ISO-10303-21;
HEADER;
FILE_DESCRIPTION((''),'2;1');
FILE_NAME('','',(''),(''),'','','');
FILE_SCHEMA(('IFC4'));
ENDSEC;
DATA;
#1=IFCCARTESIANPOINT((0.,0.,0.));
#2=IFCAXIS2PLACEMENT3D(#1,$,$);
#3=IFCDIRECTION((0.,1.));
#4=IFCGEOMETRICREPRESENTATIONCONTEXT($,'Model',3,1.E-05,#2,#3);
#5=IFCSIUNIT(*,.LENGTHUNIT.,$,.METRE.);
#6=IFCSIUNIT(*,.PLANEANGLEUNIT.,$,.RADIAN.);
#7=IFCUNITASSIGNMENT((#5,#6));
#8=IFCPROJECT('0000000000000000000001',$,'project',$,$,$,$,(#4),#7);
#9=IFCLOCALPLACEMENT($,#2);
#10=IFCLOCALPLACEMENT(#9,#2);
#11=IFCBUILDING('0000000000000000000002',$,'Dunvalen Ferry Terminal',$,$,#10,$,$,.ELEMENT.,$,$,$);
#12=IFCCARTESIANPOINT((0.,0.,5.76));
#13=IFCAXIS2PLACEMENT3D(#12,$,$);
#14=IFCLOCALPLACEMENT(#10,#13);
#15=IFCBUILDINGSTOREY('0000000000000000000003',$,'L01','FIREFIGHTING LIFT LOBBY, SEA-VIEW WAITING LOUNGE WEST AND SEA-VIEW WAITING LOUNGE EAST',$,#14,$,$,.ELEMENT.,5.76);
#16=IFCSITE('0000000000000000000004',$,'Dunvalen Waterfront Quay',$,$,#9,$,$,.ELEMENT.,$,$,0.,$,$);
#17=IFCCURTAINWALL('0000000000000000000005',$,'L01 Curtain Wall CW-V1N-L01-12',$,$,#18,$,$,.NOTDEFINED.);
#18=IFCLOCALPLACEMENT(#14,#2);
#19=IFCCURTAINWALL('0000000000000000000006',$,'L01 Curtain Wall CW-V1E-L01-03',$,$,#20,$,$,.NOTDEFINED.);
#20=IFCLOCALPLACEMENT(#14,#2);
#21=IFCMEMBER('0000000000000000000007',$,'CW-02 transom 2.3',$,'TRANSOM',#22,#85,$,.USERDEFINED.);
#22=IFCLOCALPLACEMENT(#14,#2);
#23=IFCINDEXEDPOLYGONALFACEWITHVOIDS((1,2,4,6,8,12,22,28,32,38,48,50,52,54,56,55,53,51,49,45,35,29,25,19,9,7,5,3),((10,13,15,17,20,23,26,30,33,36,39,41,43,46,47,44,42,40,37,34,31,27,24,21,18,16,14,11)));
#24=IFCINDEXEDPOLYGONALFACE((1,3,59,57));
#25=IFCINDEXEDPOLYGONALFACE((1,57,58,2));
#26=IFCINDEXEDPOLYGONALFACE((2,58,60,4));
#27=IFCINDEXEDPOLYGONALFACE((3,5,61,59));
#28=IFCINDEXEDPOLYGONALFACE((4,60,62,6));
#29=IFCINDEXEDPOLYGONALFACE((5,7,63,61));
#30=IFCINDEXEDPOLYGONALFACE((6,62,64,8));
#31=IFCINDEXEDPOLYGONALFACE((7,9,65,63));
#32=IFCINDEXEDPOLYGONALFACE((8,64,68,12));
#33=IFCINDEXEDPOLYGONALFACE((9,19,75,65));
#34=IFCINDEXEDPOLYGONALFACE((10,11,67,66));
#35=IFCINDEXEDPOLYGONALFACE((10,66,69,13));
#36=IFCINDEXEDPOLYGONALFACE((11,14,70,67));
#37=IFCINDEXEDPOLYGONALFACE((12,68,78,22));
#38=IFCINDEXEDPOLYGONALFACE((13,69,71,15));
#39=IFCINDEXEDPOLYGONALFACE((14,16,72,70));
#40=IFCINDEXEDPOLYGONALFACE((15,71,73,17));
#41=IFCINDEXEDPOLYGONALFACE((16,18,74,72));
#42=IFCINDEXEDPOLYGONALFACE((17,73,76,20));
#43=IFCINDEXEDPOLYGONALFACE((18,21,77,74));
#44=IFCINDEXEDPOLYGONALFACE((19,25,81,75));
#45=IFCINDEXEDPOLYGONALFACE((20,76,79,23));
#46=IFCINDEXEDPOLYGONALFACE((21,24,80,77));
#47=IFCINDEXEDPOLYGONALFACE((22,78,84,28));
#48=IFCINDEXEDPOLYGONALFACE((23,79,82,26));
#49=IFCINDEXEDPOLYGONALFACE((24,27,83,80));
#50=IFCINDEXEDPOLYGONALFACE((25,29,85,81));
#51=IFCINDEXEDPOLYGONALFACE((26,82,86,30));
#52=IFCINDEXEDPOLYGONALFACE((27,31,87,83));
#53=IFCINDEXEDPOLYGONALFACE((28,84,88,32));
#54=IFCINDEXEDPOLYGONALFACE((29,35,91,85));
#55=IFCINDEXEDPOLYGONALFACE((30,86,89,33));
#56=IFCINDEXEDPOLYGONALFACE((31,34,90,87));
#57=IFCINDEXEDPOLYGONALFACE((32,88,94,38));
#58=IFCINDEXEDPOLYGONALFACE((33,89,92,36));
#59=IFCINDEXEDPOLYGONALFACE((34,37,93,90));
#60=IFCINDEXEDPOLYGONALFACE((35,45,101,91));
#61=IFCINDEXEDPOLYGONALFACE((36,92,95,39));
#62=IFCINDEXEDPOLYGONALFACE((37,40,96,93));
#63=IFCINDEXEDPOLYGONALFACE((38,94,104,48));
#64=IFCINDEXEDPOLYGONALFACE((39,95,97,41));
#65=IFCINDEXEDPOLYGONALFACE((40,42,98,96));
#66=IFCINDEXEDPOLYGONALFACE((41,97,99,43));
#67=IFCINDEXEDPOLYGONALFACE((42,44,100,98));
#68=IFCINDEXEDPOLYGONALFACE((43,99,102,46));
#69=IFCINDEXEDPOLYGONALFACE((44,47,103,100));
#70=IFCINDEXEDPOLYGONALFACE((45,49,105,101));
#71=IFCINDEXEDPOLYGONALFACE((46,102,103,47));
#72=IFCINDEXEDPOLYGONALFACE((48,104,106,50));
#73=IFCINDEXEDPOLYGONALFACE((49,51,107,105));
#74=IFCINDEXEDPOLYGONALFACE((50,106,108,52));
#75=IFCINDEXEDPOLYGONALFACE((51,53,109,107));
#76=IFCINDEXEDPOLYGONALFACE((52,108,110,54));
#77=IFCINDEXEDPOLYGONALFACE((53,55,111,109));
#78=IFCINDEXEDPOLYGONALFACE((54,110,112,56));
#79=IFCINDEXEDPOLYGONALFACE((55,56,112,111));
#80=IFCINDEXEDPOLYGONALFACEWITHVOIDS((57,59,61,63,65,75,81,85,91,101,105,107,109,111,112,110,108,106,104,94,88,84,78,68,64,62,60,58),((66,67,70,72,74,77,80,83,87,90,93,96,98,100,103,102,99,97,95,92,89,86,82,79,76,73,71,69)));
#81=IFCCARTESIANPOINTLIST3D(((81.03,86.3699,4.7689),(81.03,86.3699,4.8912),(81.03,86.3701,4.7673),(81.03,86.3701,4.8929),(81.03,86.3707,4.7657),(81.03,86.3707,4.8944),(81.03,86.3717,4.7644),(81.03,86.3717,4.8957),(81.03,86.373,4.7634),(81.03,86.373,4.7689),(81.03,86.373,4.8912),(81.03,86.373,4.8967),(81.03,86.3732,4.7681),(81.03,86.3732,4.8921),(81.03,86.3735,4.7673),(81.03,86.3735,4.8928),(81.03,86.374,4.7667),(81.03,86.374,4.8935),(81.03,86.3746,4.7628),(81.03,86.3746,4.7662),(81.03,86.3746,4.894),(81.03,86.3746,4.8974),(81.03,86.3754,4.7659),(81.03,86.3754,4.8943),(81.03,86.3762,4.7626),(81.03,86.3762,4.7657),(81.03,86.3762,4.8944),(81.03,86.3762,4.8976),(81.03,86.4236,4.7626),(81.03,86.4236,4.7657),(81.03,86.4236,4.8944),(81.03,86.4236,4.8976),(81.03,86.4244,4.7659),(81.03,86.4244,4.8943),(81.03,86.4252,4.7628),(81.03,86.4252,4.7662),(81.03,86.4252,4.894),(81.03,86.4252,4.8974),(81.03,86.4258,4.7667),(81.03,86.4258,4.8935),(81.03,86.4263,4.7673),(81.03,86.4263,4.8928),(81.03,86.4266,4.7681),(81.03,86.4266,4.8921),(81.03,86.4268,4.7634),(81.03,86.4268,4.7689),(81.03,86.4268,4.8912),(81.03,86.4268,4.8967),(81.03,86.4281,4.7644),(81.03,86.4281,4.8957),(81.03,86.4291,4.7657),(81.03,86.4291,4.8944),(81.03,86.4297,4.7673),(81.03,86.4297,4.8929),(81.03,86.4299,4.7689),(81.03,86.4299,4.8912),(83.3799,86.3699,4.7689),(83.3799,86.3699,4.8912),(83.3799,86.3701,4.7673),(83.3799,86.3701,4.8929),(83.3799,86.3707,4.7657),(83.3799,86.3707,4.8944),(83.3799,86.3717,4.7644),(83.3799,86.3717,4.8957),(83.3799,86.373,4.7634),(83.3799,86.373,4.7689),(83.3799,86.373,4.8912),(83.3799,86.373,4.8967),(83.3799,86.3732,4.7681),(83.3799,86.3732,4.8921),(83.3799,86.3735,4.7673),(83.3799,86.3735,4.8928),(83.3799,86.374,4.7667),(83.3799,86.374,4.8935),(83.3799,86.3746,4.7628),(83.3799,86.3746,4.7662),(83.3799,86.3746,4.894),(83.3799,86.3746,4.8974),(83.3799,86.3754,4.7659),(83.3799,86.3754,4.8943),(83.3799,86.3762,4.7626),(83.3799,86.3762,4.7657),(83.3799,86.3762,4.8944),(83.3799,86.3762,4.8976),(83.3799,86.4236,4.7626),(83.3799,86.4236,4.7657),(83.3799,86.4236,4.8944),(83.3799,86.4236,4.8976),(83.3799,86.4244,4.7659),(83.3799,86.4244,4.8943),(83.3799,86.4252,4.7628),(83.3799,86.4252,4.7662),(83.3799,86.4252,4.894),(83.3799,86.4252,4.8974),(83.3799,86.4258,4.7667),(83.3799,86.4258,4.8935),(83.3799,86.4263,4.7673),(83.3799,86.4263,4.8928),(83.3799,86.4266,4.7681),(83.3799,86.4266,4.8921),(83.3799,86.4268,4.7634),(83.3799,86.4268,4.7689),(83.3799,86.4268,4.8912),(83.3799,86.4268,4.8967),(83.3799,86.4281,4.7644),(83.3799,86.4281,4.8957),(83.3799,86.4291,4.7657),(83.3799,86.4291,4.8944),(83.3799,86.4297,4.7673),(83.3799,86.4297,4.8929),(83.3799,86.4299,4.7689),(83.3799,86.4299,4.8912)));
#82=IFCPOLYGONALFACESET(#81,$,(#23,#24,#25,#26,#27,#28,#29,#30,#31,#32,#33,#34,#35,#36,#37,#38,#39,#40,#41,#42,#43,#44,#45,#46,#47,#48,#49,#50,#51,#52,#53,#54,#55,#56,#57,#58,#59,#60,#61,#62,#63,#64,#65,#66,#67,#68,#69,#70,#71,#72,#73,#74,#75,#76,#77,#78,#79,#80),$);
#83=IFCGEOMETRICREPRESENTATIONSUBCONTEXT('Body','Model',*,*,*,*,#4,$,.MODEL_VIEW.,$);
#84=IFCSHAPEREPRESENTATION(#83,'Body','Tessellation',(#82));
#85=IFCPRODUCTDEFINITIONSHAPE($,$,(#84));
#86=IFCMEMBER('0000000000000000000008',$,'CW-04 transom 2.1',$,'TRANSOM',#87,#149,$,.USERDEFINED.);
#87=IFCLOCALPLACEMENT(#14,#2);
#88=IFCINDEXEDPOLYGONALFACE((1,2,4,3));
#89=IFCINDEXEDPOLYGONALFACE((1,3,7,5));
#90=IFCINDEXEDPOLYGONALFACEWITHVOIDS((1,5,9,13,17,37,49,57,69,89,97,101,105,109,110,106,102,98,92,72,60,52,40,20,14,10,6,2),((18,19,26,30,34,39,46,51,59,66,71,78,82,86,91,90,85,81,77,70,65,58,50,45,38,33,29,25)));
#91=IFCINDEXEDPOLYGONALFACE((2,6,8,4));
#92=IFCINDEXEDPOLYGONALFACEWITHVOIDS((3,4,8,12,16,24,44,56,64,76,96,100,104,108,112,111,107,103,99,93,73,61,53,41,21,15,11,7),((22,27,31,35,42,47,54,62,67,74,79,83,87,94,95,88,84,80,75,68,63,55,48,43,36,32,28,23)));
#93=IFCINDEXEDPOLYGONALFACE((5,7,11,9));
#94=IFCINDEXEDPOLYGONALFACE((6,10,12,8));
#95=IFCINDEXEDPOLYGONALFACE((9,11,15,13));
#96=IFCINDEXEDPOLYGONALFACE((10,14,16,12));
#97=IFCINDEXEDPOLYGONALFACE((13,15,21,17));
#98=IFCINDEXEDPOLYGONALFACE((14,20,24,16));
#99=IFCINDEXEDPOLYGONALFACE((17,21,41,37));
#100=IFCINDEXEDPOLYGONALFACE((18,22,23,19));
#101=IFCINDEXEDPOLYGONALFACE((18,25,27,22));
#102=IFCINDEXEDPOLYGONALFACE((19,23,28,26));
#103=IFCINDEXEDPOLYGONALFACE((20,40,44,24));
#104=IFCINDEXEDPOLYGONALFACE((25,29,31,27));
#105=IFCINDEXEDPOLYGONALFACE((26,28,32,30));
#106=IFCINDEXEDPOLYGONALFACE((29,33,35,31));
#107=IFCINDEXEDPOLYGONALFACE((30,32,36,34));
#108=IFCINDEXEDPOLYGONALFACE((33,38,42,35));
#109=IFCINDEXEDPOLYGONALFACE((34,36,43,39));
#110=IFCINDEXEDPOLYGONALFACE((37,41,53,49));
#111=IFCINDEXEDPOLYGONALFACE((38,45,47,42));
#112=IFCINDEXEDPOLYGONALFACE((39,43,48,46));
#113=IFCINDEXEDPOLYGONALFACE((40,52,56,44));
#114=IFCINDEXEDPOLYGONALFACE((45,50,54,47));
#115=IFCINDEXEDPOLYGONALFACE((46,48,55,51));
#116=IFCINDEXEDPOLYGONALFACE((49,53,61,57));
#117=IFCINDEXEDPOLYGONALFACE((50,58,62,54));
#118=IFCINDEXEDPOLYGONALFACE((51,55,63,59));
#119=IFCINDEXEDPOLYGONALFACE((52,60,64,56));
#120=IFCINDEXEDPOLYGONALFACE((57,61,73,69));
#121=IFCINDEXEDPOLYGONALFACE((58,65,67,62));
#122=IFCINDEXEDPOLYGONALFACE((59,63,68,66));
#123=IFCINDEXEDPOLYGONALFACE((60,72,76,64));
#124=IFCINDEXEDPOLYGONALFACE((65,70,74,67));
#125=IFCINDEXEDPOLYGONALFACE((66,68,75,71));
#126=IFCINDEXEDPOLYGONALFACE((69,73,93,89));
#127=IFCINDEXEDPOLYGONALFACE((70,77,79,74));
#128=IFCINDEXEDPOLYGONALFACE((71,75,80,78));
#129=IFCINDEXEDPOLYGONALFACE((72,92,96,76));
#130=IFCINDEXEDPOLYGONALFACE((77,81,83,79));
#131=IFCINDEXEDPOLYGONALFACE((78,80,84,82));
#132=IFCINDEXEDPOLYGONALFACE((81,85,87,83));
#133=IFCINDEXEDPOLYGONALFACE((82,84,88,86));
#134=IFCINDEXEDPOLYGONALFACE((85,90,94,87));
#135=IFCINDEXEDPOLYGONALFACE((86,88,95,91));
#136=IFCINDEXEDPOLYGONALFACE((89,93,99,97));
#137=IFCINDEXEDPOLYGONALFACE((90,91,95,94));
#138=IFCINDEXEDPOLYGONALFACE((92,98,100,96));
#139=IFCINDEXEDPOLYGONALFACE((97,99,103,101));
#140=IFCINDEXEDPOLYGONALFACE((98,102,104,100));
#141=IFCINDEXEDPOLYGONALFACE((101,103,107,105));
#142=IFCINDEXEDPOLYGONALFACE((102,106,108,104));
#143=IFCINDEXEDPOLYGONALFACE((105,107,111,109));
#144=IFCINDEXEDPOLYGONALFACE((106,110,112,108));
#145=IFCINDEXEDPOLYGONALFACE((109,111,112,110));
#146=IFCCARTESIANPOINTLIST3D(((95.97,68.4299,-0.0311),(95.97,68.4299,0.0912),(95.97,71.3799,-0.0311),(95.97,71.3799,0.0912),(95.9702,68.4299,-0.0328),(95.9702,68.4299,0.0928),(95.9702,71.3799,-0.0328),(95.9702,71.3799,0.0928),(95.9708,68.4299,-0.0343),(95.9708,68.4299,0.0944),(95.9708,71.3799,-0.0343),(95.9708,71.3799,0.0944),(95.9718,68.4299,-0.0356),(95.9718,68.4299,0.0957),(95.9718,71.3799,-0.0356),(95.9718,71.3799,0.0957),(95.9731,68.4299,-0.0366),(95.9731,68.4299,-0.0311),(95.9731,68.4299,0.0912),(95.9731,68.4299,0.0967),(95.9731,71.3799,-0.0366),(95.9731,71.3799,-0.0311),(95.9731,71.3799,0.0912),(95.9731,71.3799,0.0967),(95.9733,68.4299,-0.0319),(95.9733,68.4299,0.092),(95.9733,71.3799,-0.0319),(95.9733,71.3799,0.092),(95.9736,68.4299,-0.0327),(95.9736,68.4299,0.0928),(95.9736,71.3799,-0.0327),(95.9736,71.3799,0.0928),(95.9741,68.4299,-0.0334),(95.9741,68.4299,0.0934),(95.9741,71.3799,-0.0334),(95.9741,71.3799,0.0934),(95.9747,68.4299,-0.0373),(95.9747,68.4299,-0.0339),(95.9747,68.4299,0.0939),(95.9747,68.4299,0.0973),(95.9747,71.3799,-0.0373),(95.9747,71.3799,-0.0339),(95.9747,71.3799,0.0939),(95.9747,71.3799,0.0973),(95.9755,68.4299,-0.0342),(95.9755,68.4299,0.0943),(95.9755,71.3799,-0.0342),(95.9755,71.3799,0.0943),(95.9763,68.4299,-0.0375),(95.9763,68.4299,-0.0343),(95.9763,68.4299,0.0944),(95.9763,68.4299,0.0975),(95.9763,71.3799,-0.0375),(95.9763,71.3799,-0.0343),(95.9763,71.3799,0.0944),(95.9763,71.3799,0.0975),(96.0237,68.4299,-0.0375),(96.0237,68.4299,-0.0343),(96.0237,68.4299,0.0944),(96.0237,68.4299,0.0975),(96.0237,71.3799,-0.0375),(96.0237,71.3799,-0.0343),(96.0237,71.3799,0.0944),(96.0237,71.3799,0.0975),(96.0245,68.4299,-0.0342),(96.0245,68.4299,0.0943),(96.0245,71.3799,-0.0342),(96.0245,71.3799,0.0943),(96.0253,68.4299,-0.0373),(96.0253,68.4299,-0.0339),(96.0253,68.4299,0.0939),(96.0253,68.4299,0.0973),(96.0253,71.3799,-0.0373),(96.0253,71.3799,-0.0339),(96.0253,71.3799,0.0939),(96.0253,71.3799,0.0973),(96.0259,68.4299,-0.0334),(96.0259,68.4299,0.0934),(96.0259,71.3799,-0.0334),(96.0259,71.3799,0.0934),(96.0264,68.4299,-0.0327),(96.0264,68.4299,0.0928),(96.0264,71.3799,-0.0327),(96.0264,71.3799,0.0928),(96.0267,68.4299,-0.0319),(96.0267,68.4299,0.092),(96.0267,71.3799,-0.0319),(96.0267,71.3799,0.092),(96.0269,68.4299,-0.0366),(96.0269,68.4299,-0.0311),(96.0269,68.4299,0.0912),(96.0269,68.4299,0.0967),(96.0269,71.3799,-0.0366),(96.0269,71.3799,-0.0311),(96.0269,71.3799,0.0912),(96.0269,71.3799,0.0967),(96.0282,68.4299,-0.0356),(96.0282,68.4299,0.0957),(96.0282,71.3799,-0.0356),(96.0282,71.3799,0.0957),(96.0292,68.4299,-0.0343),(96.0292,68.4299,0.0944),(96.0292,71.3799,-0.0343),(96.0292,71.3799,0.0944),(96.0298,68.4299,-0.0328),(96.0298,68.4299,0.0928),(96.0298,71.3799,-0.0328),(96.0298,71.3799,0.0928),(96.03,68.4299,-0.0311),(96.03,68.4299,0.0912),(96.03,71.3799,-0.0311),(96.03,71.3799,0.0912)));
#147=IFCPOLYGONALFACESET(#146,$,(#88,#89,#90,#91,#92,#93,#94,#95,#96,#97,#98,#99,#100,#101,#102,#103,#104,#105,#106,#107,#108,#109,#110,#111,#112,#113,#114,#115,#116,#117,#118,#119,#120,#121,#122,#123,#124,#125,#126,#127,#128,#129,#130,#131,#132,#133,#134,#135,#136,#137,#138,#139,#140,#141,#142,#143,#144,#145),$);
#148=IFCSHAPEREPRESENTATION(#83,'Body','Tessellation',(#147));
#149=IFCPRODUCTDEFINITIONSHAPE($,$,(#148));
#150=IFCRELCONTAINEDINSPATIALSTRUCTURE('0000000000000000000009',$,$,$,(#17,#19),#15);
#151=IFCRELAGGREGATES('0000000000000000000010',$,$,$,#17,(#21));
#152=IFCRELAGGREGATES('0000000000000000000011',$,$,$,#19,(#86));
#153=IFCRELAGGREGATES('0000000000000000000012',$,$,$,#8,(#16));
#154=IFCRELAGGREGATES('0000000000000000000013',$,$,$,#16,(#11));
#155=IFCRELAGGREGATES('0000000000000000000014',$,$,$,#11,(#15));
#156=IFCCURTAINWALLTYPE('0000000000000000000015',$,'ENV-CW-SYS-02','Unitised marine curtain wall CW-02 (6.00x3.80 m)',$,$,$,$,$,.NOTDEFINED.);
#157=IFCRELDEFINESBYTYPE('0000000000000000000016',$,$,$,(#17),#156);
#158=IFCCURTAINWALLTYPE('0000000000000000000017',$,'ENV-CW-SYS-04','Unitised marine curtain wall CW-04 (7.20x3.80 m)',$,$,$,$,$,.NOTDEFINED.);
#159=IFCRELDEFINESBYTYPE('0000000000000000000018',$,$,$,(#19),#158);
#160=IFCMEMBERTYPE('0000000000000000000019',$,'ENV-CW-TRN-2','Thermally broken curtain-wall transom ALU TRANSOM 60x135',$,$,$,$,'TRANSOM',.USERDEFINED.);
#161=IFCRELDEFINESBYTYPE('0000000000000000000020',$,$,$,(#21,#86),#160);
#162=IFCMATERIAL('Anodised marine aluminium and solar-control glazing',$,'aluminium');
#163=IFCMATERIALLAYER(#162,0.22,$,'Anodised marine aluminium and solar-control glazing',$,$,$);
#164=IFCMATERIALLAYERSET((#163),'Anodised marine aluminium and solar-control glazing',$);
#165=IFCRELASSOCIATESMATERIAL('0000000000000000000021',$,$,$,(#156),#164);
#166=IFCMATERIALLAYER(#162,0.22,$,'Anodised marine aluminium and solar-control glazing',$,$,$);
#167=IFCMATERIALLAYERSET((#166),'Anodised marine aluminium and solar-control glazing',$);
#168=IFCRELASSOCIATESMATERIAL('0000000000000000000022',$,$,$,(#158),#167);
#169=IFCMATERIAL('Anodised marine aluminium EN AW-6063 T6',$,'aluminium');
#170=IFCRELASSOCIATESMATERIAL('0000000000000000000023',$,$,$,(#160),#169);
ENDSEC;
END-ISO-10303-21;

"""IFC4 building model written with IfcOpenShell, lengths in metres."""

from ifc_helpers import new_model, si_unit, direction, frame, origin, origin_2d, place, context, subcontext, project, spatial, hollow_rectangle, extrude, material, layer, layer_set, material_profile, profile_set, type_object, element, aggregate, save


model = new_model("IFC4")

# Units and contexts
model_context = context("Model", 3, precision=1e-05, world=origin(), true_north=direction((0.0, 1.0)))
body_context = subcontext(model_context, "Body", "Model", "MODEL_VIEW")
ifc_project = project(units=[si_unit("LENGTHUNIT", "METRE"), si_unit("PLANEANGLEUNIT", "RADIAN")], contexts=[model_context])

# Site, building, storey
site_placement = place(None, origin())
site = spatial("IfcSite", under=ifc_project, at=site_placement, Name="Dunvalen Waterfront Quay", CompositionType="ELEMENT", RefElevation=0.0)
building_placement = place(site_placement, origin())
building = spatial("IfcBuilding", under=site, at=building_placement, Name="Dunvalen Ferry Terminal", CompositionType="ELEMENT")
storey_placement = place(building_placement, frame((0.0, 0.0, 5.76)))
storey = spatial("IfcBuildingStorey", under=building, at=storey_placement, Name="L01", Description="FIREFIGHTING LIFT LOBBY, SEA-VIEW WAITING LOUNGE WEST AND SEA-VIEW WAITING LOUNGE EAST", CompositionType="ELEMENT", Elevation=5.76)

# Curtain wall
ifc_material_1 = material(Name="Anodised marine aluminium and solar-control glazing", Category="aluminium")
ifc_layer_1 = layer(ifc_material_1, 0.22, Name="Anodised marine aluminium and solar-control glazing")
ifc_layer_set_1 = layer_set([ifc_layer_1], Name="Anodised marine aluminium and solar-control glazing")
curtain_wall_type_1 = type_object("IfcCurtainWallType", Name="ENV-CW-SYS-02", Description="Unitised marine curtain wall CW-02 (6.00x3.80 m)", PredefinedType="NOTDEFINED", material=ifc_layer_set_1)
curtain_wall_1_placement = place(storey_placement, origin())
curtain_wall_1 = element("IfcCurtainWall", 1, at=curtain_wall_1_placement, inside=storey, type_object=curtain_wall_type_1, Name="L01 Curtain Wall CW-V1N-L01-12", PredefinedType="NOTDEFINED")
ifc_material_2 = material(Name="Anodised marine aluminium EN AW-6063 T6", Category="aluminium")

# Curtain wall
ifc_layer_2 = layer(ifc_material_1, 0.22, Name="Anodised marine aluminium and solar-control glazing")
ifc_layer_set_2 = layer_set([ifc_layer_2], Name="Anodised marine aluminium and solar-control glazing")
curtain_wall_type_2 = type_object("IfcCurtainWallType", Name="ENV-CW-SYS-04", Description="Unitised marine curtain wall CW-04 (7.20x3.80 m)", PredefinedType="NOTDEFINED", material=ifc_layer_set_2)
curtain_wall_2_placement = place(storey_placement, origin())
curtain_wall_2 = element("IfcCurtainWall", 2, at=curtain_wall_2_placement, inside=storey, type_object=curtain_wall_type_2, Name="L01 Curtain Wall CW-V1E-L01-03", PredefinedType="NOTDEFINED")

# Members
ifc_material_profile_1 = material_profile(ifc_material_2, hollow_rectangle(XDim=0.0601, YDim=0.135, WallThickness=0.0032, InnerFilletRadius=0.0032, OuterFilletRadius=0.0063, at=origin_2d()), Name="Anodised marine aluminium EN AW-6063 T6")
ifc_profile_set_1 = profile_set([ifc_material_profile_1], Name="Anodised marine aluminium EN AW-6063 T6")
member_type_1 = type_object("IfcMemberType", Name="ENV-CW-TRN-2", Description="Thermally broken curtain-wall transom ALU TRANSOM 60x135", ElementType="TRANSOM", PredefinedType="USERDEFINED", material=ifc_profile_set_1)
member_1_placement = place(storey_placement, frame((81.03, 86.3999, 4.8301), z_axis=(1.0, 0.0, 0.0), x_axis=(0.0, 1.0, 0.0)))
member_1 = element("IfcMember", 3, at=member_1_placement, type_object=member_type_1, Name="CW-02 transom 2.3", ObjectType="TRANSOM", PredefinedType="USERDEFINED", context=body_context, shape_type="SweptSolid", body=[
    extrude(hollow_rectangle(XDim=0.0601, YDim=0.135, WallThickness=0.0032, InnerFilletRadius=0.0032, OuterFilletRadius=0.0063, at=origin_2d()), origin(), (0.0, 0.0, 1.0), 2.3499),
])
member_2_placement = place(storey_placement, frame((96.0, 68.4299, 0.03), z_axis=(0.0, 1.0, 0.0), x_axis=(-1.0, 0.0, 0.0)))
member_2 = element("IfcMember", 4, at=member_2_placement, type_object=member_type_1, Name="CW-04 transom 2.1", ObjectType="TRANSOM", PredefinedType="USERDEFINED", context=body_context, shape_type="SweptSolid", body=[
    extrude(hollow_rectangle(XDim=0.0601, YDim=0.135, WallThickness=0.0032, InnerFilletRadius=0.0032, OuterFilletRadius=0.0063, at=origin_2d()), origin(), (0.0, 0.0, 1.0), 2.95),
])

aggregate(curtain_wall_1, [member_1])
aggregate(curtain_wall_2, [member_2])

save(model, "model.ifc")
